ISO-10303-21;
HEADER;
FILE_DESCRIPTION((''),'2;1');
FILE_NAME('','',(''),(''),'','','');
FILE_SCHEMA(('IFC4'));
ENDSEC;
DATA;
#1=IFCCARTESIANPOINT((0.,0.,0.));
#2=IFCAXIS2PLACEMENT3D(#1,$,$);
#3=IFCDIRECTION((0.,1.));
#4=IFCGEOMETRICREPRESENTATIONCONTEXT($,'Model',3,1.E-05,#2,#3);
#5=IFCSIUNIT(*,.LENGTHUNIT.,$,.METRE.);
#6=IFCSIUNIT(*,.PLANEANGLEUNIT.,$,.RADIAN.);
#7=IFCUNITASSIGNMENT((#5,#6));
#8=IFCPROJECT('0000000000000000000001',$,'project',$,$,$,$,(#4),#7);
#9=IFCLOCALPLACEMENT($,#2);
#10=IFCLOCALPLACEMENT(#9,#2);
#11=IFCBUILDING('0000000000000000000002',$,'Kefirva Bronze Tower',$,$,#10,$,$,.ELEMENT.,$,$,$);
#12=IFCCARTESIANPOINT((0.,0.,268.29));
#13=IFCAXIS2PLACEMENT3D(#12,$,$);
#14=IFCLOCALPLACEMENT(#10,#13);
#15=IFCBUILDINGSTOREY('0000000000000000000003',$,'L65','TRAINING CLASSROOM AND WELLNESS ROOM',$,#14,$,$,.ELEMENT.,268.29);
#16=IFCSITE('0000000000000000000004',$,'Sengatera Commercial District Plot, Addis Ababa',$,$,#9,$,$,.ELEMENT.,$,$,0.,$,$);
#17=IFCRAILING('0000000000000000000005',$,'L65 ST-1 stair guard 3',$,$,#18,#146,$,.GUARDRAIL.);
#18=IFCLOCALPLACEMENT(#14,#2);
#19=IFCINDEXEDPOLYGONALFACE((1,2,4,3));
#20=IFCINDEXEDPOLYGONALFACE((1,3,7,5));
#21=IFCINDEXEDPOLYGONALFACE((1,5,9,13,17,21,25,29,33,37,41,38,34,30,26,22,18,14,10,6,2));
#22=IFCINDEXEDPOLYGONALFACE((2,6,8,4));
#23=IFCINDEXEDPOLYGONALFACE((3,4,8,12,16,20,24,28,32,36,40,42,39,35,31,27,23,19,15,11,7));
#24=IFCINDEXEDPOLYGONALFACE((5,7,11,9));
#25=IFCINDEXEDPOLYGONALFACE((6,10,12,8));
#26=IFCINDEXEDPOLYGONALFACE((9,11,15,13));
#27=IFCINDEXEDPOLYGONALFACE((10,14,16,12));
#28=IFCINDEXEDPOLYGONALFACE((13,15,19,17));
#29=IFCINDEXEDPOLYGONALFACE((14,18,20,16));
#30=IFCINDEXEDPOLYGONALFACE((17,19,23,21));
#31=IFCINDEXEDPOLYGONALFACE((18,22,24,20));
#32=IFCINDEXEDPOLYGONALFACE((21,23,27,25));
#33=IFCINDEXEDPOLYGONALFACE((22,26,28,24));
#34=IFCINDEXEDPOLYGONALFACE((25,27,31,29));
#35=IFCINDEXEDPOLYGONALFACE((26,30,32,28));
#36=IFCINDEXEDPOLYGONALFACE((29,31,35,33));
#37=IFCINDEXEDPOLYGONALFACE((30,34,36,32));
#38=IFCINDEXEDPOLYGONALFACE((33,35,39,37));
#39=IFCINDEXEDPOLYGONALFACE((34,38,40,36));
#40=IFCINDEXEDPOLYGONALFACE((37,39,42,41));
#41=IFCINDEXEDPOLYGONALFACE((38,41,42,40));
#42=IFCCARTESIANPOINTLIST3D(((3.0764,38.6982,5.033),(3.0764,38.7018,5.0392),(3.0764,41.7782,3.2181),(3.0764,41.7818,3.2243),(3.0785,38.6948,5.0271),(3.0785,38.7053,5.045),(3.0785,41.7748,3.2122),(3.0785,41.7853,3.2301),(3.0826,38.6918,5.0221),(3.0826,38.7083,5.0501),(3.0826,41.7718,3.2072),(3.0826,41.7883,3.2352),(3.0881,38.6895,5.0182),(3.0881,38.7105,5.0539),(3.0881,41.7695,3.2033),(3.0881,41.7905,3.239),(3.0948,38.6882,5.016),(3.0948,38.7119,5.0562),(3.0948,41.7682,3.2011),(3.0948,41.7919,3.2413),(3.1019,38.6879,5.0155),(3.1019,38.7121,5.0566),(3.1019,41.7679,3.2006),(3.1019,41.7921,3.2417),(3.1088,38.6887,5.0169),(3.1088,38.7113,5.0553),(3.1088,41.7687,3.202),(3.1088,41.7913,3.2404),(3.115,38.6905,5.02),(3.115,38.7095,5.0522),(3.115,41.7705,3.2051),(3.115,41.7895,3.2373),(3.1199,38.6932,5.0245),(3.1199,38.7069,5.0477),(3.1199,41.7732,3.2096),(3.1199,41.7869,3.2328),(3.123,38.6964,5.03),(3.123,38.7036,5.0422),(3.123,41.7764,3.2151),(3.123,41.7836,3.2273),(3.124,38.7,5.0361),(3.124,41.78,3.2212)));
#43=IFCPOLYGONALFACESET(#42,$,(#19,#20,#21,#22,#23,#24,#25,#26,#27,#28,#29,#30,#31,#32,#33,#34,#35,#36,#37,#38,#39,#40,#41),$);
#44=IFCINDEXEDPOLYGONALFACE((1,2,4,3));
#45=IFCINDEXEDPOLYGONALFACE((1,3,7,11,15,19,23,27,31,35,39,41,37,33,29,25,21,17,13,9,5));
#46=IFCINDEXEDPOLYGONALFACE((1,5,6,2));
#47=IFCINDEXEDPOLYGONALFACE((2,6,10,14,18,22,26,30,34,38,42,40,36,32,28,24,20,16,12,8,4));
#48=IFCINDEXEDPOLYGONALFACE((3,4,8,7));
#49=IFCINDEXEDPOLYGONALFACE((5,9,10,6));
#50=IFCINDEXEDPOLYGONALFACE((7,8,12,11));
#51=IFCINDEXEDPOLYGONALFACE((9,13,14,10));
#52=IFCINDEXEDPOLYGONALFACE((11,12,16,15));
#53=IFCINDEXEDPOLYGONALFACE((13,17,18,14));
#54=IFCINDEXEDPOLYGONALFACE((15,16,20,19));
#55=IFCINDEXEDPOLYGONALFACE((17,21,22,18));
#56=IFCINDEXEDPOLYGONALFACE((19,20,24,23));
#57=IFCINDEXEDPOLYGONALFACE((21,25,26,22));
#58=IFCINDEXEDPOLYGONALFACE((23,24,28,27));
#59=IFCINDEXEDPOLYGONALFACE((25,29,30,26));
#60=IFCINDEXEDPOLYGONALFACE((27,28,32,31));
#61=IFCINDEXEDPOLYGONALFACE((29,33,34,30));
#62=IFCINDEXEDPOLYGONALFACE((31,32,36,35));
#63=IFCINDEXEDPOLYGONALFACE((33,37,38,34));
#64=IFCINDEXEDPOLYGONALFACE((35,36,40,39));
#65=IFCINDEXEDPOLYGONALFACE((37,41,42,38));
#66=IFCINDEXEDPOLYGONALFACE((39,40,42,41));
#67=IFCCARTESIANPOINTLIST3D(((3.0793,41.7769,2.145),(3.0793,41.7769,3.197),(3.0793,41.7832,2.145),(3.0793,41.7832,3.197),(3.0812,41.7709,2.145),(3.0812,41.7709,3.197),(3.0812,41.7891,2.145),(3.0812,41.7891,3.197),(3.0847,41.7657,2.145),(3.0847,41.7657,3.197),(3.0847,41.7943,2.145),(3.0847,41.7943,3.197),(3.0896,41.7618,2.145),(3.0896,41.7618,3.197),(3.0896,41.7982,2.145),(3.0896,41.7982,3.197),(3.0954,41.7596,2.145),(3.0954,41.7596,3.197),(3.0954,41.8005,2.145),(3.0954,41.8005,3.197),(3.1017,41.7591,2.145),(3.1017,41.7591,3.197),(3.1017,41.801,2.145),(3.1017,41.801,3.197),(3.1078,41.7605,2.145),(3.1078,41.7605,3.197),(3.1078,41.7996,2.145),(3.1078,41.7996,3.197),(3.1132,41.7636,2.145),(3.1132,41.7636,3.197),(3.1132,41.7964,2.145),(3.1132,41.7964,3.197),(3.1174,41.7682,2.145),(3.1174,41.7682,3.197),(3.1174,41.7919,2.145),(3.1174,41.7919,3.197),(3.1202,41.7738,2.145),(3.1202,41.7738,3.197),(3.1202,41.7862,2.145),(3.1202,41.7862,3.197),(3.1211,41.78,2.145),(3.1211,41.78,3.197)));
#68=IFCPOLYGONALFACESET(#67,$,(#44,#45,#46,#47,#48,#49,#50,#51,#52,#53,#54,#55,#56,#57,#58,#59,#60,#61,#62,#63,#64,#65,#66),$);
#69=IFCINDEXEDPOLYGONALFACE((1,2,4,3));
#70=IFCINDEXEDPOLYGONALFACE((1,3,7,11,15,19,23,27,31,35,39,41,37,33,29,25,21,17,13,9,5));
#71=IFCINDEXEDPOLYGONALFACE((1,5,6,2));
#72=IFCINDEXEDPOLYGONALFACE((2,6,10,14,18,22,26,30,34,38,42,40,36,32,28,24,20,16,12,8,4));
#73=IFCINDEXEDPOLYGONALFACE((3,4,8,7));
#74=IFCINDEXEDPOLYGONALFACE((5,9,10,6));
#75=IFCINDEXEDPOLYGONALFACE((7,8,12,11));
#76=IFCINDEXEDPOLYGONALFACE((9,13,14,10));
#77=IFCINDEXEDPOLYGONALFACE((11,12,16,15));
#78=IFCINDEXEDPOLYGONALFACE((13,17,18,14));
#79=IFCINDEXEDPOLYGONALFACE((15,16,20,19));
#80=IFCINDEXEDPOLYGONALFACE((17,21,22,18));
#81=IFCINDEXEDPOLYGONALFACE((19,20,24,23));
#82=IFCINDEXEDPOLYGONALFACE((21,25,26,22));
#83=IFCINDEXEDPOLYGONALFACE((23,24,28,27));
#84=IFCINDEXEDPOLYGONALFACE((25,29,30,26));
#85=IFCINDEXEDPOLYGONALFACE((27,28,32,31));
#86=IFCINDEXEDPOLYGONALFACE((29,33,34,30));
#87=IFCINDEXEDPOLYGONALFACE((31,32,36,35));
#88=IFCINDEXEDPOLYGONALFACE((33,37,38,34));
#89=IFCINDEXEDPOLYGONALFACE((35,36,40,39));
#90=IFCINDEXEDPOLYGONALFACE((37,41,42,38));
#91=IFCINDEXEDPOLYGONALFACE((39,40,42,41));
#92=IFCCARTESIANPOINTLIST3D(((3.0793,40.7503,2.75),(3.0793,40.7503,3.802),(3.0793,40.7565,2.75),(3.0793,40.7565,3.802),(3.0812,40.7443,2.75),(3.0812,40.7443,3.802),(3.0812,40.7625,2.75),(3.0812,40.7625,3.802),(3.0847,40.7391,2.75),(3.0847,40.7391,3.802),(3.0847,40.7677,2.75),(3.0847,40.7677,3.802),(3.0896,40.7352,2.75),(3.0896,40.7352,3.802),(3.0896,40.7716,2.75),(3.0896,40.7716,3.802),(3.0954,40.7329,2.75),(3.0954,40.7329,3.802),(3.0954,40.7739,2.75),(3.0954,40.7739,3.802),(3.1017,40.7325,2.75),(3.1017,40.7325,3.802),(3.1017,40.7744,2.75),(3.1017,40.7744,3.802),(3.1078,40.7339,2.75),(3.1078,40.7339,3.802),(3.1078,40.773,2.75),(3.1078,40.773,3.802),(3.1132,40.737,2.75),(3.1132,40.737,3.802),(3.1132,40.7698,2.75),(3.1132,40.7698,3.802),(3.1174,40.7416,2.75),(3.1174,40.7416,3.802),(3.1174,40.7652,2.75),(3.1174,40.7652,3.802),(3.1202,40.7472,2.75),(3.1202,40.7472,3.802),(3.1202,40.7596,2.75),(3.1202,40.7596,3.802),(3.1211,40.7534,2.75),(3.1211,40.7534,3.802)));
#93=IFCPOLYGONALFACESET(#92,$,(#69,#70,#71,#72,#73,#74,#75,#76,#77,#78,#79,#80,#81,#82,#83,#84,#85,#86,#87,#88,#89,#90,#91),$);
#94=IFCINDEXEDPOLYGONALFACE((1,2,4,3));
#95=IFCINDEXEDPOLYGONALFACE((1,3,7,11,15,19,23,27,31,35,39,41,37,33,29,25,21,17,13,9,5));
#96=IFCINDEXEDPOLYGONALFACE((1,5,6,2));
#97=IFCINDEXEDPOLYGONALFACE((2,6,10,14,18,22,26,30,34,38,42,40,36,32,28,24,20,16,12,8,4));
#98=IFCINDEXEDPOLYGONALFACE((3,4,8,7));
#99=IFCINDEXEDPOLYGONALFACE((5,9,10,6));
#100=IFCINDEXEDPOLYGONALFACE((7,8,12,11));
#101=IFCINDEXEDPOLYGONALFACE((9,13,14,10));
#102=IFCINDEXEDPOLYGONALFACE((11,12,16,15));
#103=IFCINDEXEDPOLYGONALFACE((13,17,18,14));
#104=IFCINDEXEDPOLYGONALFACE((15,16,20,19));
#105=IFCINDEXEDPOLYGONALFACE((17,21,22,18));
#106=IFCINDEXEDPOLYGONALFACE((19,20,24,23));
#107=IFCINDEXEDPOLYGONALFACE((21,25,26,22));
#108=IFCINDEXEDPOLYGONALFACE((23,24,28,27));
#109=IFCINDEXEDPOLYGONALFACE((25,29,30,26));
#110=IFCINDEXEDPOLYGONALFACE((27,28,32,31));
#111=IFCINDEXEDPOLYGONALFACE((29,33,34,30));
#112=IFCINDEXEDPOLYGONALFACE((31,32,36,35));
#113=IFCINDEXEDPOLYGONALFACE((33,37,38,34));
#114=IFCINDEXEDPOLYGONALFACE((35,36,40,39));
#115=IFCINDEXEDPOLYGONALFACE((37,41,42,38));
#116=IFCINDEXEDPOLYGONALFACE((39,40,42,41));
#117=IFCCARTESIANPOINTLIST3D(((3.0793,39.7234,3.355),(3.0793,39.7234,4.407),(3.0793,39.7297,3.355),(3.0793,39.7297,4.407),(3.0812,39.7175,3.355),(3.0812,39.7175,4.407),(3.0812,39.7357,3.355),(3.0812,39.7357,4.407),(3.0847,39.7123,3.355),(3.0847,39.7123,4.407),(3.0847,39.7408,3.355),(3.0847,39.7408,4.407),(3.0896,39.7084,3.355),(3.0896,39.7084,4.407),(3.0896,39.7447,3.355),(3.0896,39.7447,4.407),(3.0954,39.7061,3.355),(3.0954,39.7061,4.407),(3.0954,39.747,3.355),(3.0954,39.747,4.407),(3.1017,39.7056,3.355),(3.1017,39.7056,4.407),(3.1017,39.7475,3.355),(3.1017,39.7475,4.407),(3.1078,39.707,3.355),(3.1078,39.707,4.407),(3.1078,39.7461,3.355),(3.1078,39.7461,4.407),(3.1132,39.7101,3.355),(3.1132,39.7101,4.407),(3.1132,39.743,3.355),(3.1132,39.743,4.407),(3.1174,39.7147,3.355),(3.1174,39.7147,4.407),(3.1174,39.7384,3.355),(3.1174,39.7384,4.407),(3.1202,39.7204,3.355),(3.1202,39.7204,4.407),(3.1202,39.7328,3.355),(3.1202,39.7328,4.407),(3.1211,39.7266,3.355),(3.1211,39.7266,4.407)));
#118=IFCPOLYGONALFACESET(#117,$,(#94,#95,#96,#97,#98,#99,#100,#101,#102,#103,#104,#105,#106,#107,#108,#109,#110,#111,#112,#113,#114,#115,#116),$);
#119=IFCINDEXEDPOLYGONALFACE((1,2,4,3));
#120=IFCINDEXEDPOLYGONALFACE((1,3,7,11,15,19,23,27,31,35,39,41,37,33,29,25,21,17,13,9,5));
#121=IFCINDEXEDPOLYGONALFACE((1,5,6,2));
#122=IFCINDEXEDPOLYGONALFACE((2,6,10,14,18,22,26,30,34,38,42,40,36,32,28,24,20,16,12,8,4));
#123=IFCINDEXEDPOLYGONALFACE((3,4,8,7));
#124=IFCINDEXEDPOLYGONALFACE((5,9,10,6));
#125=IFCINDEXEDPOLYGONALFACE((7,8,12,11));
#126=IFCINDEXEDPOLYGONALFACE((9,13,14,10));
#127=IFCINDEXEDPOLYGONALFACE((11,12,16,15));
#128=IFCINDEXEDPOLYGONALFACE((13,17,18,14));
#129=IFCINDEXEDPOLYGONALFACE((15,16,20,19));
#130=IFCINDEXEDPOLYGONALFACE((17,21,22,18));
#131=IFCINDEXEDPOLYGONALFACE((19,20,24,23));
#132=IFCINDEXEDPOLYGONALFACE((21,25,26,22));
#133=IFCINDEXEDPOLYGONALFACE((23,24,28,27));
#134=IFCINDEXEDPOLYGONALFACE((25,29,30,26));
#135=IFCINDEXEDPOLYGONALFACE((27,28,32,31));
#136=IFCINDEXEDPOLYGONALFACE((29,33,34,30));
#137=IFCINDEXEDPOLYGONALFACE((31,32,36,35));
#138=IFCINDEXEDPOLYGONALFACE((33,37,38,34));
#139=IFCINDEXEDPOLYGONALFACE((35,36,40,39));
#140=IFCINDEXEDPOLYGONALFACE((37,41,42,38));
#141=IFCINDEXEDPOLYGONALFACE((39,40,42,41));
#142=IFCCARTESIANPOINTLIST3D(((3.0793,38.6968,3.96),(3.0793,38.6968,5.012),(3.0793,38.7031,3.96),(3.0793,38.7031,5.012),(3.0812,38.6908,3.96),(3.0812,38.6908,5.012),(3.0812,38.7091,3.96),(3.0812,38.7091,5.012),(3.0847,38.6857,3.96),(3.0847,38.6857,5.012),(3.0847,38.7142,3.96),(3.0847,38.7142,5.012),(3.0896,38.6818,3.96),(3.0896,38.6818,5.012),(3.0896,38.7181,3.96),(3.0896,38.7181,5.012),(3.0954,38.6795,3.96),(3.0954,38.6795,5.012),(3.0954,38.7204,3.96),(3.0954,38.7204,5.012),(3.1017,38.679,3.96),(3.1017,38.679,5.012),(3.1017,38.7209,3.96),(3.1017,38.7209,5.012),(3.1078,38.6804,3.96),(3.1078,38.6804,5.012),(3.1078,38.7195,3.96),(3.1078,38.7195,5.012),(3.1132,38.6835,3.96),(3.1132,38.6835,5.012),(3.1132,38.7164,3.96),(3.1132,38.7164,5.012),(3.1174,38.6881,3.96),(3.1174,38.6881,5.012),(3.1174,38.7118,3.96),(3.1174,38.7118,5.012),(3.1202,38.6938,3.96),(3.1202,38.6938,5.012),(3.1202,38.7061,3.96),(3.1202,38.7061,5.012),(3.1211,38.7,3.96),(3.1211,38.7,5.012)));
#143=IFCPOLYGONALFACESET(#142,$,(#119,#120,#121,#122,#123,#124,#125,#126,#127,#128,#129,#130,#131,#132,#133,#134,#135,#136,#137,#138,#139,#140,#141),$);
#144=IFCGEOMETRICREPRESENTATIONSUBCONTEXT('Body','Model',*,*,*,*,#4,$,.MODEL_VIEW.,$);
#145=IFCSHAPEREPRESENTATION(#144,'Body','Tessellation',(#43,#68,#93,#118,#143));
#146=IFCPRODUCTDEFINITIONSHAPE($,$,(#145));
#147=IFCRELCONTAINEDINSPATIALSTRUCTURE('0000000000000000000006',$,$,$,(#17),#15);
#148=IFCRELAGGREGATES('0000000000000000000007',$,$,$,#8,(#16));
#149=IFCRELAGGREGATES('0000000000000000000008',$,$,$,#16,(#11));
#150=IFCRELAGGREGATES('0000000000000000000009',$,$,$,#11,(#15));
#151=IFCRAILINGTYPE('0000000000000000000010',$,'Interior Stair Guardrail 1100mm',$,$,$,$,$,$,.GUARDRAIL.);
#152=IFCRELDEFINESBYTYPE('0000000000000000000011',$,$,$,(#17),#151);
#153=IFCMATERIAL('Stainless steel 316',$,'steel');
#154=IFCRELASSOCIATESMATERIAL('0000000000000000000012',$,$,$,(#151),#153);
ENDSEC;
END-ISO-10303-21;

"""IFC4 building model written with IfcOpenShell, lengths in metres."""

from ifc_helpers import new_model, si_unit, direction, frame, origin, origin_2d, place, context, subcontext, project, spatial, circle, extrude, material, type_object, element, save


model = new_model("IFC4")

# Units and contexts
model_context = context("Model", 3, precision=1e-05, world=origin(), true_north=direction((0.0, 1.0)))
body_context = subcontext(model_context, "Body", "Model", "MODEL_VIEW")
ifc_project = project(units=[si_unit("LENGTHUNIT", "METRE"), si_unit("PLANEANGLEUNIT", "RADIAN")], contexts=[model_context])

# Site, building, storey
site_placement = place(None, origin())
site = spatial("IfcSite", under=ifc_project, at=site_placement, Name="Sengatera Commercial District Plot, Addis Ababa", CompositionType="ELEMENT", RefElevation=0.0)
building_placement = place(site_placement, origin())
building = spatial("IfcBuilding", under=site, at=building_placement, Name="Kefirva Bronze Tower", CompositionType="ELEMENT")
storey_placement = place(building_placement, frame((0.0, 0.0, 268.29)))
storey = spatial("IfcBuildingStorey", under=building, at=storey_placement, Name="L65", Description="TRAINING CLASSROOM AND WELLNESS ROOM", CompositionType="ELEMENT", Elevation=268.29)

# Railing
ifc_material_1 = material(Name="Stainless steel 316", Category="steel")
railing_type_1 = type_object("IfcRailingType", Name="Interior Stair Guardrail 1100mm", PredefinedType="GUARDRAIL", material=ifc_material_1)
railing_1_placement = place(storey_placement, frame((3.1001, 41.78, 2.145)))
element("IfcRailing", 1, at=railing_1_placement, inside=storey, type_object=railing_type_1, Name="L65 ST-1 stair guard 3", PredefinedType="GUARDRAIL", context=body_context, shape_type="SweptSolid", body=[
    extrude(circle(Radius=0.0239, at=origin_2d()), frame((0.0, 0.0, 1.0762), z_axis=(0.0, -0.861551, 0.507671), x_axis=(1.0, 0.0, 0.0)), (0.0, 0.0, 1.0), 3.575),
    extrude(circle(Radius=0.021, at=origin_2d()), origin(), (0.0, 0.0, 1.0), 1.052),
    extrude(circle(Radius=0.021, at=origin_2d()), frame((0.0, -1.0266, 0.605)), (0.0, 0.0, 1.0), 1.052),
    extrude(circle(Radius=0.021, at=origin_2d()), frame((0.0, -2.0535, 1.21)), (0.0, 0.0, 1.0), 1.052),
    extrude(circle(Radius=0.021, at=origin_2d()), frame((0.0, -3.0801, 1.8149)), (0.0, 0.0, 1.0), 1.052),
])

save(model, "model.ifc")
